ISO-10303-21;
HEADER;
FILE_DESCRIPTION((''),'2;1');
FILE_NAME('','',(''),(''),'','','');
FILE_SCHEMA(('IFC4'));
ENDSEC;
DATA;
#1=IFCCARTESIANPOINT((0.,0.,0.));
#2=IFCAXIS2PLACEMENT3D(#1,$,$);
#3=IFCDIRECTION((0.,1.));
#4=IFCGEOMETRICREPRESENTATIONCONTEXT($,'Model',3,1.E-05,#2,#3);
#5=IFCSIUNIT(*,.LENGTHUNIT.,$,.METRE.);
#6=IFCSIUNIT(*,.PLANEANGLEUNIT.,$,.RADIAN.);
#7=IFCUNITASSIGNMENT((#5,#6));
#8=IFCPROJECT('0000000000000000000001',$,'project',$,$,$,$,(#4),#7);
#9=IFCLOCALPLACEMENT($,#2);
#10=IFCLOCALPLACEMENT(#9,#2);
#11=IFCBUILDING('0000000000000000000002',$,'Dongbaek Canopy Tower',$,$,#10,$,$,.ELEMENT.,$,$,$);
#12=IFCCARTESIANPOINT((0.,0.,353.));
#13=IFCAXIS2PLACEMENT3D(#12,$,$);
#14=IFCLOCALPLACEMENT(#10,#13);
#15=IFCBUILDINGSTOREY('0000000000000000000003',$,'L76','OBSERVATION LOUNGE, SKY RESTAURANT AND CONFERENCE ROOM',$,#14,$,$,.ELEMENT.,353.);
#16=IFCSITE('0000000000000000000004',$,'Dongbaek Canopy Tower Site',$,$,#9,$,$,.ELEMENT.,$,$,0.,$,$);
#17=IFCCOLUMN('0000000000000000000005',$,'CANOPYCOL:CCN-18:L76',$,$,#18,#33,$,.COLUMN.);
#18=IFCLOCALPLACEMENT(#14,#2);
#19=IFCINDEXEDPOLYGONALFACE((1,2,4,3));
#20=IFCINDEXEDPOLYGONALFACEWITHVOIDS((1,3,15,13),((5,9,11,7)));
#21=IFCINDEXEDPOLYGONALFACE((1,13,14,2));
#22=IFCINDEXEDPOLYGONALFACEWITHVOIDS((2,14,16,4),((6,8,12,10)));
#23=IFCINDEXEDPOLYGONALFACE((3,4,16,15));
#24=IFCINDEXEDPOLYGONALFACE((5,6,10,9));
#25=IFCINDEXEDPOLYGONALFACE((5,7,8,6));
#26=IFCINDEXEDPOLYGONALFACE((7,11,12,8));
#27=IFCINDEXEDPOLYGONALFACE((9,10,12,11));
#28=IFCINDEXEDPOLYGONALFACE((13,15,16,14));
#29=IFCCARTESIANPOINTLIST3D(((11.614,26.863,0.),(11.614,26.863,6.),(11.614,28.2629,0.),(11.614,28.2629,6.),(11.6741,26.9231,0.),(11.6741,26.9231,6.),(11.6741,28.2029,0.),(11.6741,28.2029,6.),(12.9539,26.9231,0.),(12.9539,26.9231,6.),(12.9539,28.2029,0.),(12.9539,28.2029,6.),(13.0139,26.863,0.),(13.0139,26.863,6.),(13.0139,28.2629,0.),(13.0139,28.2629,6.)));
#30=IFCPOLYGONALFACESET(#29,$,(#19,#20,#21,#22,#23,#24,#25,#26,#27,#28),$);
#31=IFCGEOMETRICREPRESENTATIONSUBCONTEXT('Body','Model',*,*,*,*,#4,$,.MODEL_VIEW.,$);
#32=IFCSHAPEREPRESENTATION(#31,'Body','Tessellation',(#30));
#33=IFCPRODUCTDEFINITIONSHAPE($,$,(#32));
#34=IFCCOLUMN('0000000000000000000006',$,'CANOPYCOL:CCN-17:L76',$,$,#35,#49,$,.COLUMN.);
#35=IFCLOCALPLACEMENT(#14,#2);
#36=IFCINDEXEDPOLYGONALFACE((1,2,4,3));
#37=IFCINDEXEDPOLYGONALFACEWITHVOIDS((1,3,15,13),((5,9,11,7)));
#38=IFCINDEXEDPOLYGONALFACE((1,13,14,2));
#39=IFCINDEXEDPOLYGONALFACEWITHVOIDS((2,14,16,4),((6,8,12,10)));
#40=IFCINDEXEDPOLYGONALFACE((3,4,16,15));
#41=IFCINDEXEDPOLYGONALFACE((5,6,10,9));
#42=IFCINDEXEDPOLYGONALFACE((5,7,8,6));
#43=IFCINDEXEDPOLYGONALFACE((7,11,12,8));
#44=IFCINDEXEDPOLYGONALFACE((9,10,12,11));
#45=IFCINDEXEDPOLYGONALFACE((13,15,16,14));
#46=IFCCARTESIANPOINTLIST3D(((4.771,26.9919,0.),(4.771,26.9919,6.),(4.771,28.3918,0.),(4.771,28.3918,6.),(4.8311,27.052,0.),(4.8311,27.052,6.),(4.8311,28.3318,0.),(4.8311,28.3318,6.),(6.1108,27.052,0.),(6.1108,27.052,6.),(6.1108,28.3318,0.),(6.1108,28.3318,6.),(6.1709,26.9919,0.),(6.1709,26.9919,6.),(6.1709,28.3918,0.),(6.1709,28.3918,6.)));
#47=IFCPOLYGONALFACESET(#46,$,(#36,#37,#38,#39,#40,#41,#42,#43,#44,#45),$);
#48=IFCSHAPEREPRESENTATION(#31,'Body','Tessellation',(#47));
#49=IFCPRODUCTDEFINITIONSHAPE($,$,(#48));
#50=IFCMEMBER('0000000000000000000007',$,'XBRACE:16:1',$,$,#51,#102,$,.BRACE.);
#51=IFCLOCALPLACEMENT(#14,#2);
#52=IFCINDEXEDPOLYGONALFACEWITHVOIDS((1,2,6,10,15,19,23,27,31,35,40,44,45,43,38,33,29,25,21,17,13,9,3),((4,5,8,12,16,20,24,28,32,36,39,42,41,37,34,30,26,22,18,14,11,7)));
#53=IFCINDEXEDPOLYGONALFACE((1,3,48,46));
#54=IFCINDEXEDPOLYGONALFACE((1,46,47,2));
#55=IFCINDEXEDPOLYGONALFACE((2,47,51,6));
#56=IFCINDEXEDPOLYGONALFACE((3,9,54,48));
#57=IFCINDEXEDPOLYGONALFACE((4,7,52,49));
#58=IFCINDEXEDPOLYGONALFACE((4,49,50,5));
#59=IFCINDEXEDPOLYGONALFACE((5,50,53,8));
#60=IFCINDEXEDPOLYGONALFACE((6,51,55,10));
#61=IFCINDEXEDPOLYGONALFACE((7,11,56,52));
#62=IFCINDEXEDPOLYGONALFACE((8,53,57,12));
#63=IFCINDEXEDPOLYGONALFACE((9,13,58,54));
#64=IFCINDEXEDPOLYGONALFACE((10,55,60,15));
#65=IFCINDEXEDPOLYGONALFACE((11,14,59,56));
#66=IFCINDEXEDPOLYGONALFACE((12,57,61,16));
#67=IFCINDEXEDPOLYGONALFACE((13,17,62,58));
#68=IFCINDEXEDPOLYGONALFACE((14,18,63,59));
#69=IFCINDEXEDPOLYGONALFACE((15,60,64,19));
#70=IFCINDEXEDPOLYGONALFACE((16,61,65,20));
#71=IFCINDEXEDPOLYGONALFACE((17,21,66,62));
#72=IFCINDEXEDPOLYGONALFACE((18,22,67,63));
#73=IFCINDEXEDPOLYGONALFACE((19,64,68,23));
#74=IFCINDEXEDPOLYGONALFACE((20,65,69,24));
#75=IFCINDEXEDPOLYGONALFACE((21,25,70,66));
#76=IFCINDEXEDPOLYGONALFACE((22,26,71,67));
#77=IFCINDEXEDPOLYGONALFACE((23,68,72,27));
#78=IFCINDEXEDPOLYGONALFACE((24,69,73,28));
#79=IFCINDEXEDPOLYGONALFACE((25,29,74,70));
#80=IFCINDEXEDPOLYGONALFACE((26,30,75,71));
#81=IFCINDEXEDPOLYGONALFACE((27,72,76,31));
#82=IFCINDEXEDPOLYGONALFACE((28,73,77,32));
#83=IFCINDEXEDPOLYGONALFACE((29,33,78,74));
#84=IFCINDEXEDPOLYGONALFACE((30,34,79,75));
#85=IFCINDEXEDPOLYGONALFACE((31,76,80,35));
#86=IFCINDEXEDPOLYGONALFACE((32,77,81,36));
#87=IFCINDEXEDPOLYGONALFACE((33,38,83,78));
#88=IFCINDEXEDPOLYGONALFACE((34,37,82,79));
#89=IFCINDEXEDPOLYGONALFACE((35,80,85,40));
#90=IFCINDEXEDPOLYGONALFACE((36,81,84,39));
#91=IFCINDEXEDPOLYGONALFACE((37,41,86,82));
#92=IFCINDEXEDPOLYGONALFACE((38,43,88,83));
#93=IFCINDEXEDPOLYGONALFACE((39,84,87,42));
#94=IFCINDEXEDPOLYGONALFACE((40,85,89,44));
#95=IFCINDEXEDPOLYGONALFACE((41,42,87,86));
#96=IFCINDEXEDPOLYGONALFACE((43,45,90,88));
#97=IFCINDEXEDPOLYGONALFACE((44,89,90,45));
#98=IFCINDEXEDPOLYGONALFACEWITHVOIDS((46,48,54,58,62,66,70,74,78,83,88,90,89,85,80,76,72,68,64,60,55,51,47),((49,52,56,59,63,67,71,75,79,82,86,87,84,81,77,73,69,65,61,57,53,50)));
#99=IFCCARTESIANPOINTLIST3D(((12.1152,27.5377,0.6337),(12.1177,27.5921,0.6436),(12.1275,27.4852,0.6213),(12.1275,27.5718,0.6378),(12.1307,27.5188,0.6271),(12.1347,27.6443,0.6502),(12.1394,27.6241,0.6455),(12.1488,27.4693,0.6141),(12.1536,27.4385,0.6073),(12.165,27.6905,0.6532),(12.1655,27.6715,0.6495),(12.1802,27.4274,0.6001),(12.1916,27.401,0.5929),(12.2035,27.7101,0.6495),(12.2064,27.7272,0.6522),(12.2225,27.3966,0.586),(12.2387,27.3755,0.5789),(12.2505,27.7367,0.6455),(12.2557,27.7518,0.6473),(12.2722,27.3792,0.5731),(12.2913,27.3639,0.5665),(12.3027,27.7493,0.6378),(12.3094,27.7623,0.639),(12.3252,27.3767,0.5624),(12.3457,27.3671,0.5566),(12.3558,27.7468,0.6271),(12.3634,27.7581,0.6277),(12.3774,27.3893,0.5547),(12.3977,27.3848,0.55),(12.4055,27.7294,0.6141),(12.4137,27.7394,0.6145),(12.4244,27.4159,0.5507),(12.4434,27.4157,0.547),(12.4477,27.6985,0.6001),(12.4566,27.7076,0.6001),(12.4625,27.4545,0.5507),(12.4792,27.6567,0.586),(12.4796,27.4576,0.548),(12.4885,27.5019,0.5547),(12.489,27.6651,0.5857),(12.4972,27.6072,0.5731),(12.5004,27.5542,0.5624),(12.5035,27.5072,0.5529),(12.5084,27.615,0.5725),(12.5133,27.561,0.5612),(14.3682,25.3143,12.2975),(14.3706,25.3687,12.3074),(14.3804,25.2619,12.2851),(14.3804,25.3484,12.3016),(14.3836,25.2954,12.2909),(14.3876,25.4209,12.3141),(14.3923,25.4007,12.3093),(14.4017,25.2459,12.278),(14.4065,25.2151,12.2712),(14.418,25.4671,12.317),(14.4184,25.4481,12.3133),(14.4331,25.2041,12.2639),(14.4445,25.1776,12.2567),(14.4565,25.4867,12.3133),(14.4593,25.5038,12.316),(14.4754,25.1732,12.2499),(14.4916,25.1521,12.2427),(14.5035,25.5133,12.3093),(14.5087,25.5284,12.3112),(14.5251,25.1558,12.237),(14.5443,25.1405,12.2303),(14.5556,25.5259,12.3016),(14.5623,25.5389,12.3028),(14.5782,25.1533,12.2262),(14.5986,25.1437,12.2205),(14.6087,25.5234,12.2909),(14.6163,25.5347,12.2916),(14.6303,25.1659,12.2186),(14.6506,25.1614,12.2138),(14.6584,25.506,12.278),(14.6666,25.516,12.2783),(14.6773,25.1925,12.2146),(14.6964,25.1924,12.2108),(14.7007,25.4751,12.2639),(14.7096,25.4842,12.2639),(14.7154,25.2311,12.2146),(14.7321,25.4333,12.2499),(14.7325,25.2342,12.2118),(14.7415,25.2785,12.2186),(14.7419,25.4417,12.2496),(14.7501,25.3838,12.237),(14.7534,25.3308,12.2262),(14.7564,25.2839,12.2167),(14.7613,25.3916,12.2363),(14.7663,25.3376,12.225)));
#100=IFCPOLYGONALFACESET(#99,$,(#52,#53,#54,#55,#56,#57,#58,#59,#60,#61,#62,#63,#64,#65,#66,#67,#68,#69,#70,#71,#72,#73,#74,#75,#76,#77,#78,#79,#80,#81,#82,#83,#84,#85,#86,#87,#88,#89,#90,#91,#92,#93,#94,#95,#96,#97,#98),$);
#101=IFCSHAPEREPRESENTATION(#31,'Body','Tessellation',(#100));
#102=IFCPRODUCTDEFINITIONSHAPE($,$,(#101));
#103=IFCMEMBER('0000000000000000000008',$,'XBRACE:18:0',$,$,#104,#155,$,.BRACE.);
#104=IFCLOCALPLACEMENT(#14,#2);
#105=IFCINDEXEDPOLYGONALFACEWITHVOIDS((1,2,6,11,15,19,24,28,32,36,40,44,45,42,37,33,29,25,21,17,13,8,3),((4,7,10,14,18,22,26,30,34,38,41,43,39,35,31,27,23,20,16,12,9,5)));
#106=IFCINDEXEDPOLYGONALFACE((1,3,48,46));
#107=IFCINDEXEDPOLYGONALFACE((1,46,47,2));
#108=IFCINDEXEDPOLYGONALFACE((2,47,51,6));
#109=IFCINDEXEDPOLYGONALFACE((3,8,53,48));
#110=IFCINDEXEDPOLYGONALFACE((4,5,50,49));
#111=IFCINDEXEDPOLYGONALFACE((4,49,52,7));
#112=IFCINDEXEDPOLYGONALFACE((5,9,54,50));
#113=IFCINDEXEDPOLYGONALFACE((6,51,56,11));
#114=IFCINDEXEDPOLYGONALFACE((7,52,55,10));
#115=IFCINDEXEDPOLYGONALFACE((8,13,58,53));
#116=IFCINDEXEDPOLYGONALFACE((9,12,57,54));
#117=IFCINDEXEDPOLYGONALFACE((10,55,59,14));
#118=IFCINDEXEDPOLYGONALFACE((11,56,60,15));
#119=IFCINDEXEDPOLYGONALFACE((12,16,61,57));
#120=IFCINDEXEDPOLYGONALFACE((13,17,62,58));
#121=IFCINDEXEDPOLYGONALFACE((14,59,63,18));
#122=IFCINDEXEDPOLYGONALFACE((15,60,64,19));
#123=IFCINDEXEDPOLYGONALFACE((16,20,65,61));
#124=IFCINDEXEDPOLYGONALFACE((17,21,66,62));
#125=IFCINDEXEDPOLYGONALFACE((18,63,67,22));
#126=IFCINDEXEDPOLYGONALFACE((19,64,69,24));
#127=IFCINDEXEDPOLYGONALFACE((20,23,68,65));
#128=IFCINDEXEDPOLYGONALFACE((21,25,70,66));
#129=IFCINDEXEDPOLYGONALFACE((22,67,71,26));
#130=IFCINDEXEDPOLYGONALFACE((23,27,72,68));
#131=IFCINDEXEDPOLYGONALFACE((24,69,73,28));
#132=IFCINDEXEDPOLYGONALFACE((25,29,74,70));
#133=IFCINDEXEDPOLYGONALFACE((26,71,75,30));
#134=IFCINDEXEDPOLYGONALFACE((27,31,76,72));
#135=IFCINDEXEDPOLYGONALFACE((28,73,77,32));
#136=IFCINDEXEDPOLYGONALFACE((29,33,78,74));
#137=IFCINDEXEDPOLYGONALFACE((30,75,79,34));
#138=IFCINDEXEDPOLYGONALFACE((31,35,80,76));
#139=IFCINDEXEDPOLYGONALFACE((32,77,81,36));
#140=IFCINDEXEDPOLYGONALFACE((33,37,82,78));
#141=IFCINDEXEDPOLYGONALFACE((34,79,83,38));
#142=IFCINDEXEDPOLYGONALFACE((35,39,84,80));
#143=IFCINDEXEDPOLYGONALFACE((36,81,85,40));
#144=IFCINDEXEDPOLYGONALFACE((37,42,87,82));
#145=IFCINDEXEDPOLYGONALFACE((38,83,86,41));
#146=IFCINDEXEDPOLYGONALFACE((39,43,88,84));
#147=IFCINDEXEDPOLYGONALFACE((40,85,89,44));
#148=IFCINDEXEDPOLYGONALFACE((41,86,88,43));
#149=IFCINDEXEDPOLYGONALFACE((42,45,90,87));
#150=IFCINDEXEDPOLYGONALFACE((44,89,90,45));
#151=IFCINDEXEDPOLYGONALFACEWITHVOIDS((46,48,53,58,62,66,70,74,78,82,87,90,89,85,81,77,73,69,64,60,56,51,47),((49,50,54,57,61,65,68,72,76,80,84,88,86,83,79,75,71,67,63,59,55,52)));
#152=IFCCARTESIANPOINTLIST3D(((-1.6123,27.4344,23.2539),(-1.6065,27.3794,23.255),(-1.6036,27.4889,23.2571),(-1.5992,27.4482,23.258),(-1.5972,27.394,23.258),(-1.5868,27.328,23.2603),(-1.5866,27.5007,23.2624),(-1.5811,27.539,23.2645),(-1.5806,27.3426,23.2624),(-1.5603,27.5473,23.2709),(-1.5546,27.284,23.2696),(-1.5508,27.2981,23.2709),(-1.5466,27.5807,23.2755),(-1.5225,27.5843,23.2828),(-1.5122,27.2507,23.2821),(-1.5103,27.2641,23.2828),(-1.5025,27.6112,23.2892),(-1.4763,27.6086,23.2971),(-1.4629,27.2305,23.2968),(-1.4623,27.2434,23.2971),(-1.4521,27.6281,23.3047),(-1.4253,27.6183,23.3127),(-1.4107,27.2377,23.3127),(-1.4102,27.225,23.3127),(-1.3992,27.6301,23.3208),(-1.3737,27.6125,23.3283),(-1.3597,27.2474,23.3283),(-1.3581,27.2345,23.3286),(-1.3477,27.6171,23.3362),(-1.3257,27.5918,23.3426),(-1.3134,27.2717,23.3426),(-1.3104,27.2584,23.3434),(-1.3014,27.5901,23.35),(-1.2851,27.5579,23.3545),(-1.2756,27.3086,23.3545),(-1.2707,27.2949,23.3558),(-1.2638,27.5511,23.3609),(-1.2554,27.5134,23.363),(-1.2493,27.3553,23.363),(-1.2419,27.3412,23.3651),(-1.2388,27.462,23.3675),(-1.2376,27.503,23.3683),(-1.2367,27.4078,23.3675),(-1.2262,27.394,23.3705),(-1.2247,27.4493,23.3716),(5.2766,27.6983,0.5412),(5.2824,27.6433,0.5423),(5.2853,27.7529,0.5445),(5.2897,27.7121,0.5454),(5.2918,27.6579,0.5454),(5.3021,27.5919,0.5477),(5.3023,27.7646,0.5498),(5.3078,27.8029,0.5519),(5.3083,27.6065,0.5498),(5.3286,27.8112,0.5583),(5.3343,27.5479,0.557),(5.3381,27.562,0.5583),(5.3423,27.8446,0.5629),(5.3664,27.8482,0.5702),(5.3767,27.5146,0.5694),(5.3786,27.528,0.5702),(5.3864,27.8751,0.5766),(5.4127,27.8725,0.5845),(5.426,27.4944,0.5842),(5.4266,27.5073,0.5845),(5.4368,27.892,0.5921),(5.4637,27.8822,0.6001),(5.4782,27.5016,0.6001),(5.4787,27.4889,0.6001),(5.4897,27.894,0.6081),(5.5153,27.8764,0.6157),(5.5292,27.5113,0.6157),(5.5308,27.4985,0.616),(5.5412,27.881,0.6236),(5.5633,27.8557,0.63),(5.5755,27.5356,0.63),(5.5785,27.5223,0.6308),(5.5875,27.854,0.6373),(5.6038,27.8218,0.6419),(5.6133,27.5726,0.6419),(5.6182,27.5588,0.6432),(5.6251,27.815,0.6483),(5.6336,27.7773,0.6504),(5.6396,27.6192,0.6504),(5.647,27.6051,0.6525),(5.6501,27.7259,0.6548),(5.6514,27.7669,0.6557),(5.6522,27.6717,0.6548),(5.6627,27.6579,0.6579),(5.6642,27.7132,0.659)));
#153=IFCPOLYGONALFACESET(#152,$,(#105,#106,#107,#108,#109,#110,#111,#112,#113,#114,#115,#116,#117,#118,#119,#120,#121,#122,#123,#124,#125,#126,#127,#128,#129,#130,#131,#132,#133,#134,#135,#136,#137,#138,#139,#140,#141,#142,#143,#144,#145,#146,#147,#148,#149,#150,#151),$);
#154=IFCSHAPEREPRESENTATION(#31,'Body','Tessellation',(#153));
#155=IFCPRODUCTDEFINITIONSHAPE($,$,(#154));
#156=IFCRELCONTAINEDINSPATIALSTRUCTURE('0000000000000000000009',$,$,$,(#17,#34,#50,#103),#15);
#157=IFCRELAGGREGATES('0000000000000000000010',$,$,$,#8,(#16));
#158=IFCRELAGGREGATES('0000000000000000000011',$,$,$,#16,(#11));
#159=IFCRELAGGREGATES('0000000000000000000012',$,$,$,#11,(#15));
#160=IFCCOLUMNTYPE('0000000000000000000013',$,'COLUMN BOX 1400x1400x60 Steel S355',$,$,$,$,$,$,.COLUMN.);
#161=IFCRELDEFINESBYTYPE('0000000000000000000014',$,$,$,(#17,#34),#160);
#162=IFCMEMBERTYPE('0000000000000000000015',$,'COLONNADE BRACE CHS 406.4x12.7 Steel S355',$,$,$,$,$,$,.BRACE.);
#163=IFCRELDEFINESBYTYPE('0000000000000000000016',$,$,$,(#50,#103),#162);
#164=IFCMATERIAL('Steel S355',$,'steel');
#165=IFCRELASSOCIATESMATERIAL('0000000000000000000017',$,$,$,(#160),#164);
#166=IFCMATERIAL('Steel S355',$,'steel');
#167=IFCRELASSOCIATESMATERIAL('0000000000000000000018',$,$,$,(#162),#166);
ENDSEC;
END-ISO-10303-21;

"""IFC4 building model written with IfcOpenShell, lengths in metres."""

from ifc_helpers import new_model, si_unit, direction, frame, origin, origin_2d, place, context, subcontext, project, spatial, hollow_rectangle, hollow_circle, extrude, material, material_profile, profile_set, type_object, element, save


model = new_model("IFC4")

# Units and contexts
model_context = context("Model", 3, precision=1e-05, world=origin(), true_north=direction((0.0, 1.0)))
body_context = subcontext(model_context, "Body", "Model", "MODEL_VIEW")
ifc_project = project(units=[si_unit("LENGTHUNIT", "METRE"), si_unit("PLANEANGLEUNIT", "RADIAN")], contexts=[model_context])

# Site, building, storey
site_placement = place(None, origin())
site = spatial("IfcSite", under=ifc_project, at=site_placement, Name="Dongbaek Canopy Tower Site", CompositionType="ELEMENT", RefElevation=0.0)
building_placement = place(site_placement, origin())
building = spatial("IfcBuilding", under=site, at=building_placement, Name="Dongbaek Canopy Tower", CompositionType="ELEMENT")
storey_placement = place(building_placement, frame((0.0, 0.0, 353.0)))
storey = spatial("IfcBuildingStorey", under=building, at=storey_placement, Name="L76", Description="OBSERVATION LOUNGE, SKY RESTAURANT AND CONFERENCE ROOM", CompositionType="ELEMENT", Elevation=353.0)

# Columns
ifc_material_1 = material(Name="Steel S355", Category="steel")
ifc_material_profile_1 = material_profile(ifc_material_1, hollow_rectangle(XDim=1.3999, YDim=1.3999, WallThickness=0.0601, at=origin_2d()), Name="COLUMN BOX 1400x1400x60 Steel S355")
ifc_profile_set_1 = profile_set([ifc_material_profile_1], Name="Steel S355")
column_type = type_object("IfcColumnType", Name="COLUMN BOX 1400x1400x60 Steel S355", PredefinedType="COLUMN", material=ifc_profile_set_1)
for number, where, z_axis, x_axis, name in (
    (1, (12.314, 27.563, 0.0), (0.0, 0.0, 1.0), (1.0, 0.0, 0.0), "CANOPYCOL:CCN-18:L76"),
    (2, (5.4709, 27.6919, 0.0), (0.0, 0.0, 1.0), (1.0, 0.0, 0.0), "CANOPYCOL:CCN-17:L76"),
):
    element("IfcColumn", number, at=place(storey_placement, frame(where, z_axis=z_axis, x_axis=x_axis)), inside=storey, type_object=column_type, Name=name, PredefinedType="COLUMN", context=body_context, shape_type="SweptSolid", body=[
        extrude(hollow_rectangle(XDim=1.3999, YDim=1.3999, WallThickness=0.0601, at=origin_2d()), origin(), (0.0, 0.0, 1.0), 6.0),
    ])

# Members
ifc_material_2 = material(Name="Steel S355", Category="steel")
ifc_material_profile_2 = material_profile(ifc_material_2, hollow_circle(Radius=0.2031, WallThickness=0.0127, at=origin_2d()), Name="COLONNADE BRACE CHS 406.4x12.7 Steel S355")
ifc_profile_set_2 = profile_set([ifc_material_profile_2], Name="Steel S355")
member_type_1 = type_object("IfcMemberType", Name="COLONNADE BRACE CHS 406.4x12.7 Steel S355", PredefinedType="BRACE", material=ifc_profile_set_2)
member_1_placement = place(storey_placement, frame((12.314, 27.563, 0.6001), z_axis=(0.186413, -0.183969, 0.965094), x_axis=(0.702425, 0.711758, 0.0)))
element("IfcMember", 3, at=member_1_placement, inside=storey, type_object=member_type_1, Name="XBRACE:16:1", PredefinedType="BRACE", context=body_context, shape_type="SweptSolid", body=[
    extrude(hollow_circle(Radius=0.2031, WallThickness=0.0127, at=origin_2d()), origin(), (0.0, 0.0, 1.0), 12.0857),
])
member_2_placement = place(storey_placement, frame((5.4709, 27.6919, 0.6001), z_axis=(-0.290232, -0.011119, 0.956892), x_axis=(0.038282, -0.999267, 0.0)))
element("IfcMember", 4, at=member_2_placement, inside=storey, type_object=member_type_1, Name="XBRACE:18:0", PredefinedType="BRACE", context=body_context, shape_type="SweptSolid", body=[
    extrude(hollow_circle(Radius=0.2031, WallThickness=0.0127, at=origin_2d()), origin(), (0.0, 0.0, 1.0), 23.7358),
])

save(model, "model.ifc")
